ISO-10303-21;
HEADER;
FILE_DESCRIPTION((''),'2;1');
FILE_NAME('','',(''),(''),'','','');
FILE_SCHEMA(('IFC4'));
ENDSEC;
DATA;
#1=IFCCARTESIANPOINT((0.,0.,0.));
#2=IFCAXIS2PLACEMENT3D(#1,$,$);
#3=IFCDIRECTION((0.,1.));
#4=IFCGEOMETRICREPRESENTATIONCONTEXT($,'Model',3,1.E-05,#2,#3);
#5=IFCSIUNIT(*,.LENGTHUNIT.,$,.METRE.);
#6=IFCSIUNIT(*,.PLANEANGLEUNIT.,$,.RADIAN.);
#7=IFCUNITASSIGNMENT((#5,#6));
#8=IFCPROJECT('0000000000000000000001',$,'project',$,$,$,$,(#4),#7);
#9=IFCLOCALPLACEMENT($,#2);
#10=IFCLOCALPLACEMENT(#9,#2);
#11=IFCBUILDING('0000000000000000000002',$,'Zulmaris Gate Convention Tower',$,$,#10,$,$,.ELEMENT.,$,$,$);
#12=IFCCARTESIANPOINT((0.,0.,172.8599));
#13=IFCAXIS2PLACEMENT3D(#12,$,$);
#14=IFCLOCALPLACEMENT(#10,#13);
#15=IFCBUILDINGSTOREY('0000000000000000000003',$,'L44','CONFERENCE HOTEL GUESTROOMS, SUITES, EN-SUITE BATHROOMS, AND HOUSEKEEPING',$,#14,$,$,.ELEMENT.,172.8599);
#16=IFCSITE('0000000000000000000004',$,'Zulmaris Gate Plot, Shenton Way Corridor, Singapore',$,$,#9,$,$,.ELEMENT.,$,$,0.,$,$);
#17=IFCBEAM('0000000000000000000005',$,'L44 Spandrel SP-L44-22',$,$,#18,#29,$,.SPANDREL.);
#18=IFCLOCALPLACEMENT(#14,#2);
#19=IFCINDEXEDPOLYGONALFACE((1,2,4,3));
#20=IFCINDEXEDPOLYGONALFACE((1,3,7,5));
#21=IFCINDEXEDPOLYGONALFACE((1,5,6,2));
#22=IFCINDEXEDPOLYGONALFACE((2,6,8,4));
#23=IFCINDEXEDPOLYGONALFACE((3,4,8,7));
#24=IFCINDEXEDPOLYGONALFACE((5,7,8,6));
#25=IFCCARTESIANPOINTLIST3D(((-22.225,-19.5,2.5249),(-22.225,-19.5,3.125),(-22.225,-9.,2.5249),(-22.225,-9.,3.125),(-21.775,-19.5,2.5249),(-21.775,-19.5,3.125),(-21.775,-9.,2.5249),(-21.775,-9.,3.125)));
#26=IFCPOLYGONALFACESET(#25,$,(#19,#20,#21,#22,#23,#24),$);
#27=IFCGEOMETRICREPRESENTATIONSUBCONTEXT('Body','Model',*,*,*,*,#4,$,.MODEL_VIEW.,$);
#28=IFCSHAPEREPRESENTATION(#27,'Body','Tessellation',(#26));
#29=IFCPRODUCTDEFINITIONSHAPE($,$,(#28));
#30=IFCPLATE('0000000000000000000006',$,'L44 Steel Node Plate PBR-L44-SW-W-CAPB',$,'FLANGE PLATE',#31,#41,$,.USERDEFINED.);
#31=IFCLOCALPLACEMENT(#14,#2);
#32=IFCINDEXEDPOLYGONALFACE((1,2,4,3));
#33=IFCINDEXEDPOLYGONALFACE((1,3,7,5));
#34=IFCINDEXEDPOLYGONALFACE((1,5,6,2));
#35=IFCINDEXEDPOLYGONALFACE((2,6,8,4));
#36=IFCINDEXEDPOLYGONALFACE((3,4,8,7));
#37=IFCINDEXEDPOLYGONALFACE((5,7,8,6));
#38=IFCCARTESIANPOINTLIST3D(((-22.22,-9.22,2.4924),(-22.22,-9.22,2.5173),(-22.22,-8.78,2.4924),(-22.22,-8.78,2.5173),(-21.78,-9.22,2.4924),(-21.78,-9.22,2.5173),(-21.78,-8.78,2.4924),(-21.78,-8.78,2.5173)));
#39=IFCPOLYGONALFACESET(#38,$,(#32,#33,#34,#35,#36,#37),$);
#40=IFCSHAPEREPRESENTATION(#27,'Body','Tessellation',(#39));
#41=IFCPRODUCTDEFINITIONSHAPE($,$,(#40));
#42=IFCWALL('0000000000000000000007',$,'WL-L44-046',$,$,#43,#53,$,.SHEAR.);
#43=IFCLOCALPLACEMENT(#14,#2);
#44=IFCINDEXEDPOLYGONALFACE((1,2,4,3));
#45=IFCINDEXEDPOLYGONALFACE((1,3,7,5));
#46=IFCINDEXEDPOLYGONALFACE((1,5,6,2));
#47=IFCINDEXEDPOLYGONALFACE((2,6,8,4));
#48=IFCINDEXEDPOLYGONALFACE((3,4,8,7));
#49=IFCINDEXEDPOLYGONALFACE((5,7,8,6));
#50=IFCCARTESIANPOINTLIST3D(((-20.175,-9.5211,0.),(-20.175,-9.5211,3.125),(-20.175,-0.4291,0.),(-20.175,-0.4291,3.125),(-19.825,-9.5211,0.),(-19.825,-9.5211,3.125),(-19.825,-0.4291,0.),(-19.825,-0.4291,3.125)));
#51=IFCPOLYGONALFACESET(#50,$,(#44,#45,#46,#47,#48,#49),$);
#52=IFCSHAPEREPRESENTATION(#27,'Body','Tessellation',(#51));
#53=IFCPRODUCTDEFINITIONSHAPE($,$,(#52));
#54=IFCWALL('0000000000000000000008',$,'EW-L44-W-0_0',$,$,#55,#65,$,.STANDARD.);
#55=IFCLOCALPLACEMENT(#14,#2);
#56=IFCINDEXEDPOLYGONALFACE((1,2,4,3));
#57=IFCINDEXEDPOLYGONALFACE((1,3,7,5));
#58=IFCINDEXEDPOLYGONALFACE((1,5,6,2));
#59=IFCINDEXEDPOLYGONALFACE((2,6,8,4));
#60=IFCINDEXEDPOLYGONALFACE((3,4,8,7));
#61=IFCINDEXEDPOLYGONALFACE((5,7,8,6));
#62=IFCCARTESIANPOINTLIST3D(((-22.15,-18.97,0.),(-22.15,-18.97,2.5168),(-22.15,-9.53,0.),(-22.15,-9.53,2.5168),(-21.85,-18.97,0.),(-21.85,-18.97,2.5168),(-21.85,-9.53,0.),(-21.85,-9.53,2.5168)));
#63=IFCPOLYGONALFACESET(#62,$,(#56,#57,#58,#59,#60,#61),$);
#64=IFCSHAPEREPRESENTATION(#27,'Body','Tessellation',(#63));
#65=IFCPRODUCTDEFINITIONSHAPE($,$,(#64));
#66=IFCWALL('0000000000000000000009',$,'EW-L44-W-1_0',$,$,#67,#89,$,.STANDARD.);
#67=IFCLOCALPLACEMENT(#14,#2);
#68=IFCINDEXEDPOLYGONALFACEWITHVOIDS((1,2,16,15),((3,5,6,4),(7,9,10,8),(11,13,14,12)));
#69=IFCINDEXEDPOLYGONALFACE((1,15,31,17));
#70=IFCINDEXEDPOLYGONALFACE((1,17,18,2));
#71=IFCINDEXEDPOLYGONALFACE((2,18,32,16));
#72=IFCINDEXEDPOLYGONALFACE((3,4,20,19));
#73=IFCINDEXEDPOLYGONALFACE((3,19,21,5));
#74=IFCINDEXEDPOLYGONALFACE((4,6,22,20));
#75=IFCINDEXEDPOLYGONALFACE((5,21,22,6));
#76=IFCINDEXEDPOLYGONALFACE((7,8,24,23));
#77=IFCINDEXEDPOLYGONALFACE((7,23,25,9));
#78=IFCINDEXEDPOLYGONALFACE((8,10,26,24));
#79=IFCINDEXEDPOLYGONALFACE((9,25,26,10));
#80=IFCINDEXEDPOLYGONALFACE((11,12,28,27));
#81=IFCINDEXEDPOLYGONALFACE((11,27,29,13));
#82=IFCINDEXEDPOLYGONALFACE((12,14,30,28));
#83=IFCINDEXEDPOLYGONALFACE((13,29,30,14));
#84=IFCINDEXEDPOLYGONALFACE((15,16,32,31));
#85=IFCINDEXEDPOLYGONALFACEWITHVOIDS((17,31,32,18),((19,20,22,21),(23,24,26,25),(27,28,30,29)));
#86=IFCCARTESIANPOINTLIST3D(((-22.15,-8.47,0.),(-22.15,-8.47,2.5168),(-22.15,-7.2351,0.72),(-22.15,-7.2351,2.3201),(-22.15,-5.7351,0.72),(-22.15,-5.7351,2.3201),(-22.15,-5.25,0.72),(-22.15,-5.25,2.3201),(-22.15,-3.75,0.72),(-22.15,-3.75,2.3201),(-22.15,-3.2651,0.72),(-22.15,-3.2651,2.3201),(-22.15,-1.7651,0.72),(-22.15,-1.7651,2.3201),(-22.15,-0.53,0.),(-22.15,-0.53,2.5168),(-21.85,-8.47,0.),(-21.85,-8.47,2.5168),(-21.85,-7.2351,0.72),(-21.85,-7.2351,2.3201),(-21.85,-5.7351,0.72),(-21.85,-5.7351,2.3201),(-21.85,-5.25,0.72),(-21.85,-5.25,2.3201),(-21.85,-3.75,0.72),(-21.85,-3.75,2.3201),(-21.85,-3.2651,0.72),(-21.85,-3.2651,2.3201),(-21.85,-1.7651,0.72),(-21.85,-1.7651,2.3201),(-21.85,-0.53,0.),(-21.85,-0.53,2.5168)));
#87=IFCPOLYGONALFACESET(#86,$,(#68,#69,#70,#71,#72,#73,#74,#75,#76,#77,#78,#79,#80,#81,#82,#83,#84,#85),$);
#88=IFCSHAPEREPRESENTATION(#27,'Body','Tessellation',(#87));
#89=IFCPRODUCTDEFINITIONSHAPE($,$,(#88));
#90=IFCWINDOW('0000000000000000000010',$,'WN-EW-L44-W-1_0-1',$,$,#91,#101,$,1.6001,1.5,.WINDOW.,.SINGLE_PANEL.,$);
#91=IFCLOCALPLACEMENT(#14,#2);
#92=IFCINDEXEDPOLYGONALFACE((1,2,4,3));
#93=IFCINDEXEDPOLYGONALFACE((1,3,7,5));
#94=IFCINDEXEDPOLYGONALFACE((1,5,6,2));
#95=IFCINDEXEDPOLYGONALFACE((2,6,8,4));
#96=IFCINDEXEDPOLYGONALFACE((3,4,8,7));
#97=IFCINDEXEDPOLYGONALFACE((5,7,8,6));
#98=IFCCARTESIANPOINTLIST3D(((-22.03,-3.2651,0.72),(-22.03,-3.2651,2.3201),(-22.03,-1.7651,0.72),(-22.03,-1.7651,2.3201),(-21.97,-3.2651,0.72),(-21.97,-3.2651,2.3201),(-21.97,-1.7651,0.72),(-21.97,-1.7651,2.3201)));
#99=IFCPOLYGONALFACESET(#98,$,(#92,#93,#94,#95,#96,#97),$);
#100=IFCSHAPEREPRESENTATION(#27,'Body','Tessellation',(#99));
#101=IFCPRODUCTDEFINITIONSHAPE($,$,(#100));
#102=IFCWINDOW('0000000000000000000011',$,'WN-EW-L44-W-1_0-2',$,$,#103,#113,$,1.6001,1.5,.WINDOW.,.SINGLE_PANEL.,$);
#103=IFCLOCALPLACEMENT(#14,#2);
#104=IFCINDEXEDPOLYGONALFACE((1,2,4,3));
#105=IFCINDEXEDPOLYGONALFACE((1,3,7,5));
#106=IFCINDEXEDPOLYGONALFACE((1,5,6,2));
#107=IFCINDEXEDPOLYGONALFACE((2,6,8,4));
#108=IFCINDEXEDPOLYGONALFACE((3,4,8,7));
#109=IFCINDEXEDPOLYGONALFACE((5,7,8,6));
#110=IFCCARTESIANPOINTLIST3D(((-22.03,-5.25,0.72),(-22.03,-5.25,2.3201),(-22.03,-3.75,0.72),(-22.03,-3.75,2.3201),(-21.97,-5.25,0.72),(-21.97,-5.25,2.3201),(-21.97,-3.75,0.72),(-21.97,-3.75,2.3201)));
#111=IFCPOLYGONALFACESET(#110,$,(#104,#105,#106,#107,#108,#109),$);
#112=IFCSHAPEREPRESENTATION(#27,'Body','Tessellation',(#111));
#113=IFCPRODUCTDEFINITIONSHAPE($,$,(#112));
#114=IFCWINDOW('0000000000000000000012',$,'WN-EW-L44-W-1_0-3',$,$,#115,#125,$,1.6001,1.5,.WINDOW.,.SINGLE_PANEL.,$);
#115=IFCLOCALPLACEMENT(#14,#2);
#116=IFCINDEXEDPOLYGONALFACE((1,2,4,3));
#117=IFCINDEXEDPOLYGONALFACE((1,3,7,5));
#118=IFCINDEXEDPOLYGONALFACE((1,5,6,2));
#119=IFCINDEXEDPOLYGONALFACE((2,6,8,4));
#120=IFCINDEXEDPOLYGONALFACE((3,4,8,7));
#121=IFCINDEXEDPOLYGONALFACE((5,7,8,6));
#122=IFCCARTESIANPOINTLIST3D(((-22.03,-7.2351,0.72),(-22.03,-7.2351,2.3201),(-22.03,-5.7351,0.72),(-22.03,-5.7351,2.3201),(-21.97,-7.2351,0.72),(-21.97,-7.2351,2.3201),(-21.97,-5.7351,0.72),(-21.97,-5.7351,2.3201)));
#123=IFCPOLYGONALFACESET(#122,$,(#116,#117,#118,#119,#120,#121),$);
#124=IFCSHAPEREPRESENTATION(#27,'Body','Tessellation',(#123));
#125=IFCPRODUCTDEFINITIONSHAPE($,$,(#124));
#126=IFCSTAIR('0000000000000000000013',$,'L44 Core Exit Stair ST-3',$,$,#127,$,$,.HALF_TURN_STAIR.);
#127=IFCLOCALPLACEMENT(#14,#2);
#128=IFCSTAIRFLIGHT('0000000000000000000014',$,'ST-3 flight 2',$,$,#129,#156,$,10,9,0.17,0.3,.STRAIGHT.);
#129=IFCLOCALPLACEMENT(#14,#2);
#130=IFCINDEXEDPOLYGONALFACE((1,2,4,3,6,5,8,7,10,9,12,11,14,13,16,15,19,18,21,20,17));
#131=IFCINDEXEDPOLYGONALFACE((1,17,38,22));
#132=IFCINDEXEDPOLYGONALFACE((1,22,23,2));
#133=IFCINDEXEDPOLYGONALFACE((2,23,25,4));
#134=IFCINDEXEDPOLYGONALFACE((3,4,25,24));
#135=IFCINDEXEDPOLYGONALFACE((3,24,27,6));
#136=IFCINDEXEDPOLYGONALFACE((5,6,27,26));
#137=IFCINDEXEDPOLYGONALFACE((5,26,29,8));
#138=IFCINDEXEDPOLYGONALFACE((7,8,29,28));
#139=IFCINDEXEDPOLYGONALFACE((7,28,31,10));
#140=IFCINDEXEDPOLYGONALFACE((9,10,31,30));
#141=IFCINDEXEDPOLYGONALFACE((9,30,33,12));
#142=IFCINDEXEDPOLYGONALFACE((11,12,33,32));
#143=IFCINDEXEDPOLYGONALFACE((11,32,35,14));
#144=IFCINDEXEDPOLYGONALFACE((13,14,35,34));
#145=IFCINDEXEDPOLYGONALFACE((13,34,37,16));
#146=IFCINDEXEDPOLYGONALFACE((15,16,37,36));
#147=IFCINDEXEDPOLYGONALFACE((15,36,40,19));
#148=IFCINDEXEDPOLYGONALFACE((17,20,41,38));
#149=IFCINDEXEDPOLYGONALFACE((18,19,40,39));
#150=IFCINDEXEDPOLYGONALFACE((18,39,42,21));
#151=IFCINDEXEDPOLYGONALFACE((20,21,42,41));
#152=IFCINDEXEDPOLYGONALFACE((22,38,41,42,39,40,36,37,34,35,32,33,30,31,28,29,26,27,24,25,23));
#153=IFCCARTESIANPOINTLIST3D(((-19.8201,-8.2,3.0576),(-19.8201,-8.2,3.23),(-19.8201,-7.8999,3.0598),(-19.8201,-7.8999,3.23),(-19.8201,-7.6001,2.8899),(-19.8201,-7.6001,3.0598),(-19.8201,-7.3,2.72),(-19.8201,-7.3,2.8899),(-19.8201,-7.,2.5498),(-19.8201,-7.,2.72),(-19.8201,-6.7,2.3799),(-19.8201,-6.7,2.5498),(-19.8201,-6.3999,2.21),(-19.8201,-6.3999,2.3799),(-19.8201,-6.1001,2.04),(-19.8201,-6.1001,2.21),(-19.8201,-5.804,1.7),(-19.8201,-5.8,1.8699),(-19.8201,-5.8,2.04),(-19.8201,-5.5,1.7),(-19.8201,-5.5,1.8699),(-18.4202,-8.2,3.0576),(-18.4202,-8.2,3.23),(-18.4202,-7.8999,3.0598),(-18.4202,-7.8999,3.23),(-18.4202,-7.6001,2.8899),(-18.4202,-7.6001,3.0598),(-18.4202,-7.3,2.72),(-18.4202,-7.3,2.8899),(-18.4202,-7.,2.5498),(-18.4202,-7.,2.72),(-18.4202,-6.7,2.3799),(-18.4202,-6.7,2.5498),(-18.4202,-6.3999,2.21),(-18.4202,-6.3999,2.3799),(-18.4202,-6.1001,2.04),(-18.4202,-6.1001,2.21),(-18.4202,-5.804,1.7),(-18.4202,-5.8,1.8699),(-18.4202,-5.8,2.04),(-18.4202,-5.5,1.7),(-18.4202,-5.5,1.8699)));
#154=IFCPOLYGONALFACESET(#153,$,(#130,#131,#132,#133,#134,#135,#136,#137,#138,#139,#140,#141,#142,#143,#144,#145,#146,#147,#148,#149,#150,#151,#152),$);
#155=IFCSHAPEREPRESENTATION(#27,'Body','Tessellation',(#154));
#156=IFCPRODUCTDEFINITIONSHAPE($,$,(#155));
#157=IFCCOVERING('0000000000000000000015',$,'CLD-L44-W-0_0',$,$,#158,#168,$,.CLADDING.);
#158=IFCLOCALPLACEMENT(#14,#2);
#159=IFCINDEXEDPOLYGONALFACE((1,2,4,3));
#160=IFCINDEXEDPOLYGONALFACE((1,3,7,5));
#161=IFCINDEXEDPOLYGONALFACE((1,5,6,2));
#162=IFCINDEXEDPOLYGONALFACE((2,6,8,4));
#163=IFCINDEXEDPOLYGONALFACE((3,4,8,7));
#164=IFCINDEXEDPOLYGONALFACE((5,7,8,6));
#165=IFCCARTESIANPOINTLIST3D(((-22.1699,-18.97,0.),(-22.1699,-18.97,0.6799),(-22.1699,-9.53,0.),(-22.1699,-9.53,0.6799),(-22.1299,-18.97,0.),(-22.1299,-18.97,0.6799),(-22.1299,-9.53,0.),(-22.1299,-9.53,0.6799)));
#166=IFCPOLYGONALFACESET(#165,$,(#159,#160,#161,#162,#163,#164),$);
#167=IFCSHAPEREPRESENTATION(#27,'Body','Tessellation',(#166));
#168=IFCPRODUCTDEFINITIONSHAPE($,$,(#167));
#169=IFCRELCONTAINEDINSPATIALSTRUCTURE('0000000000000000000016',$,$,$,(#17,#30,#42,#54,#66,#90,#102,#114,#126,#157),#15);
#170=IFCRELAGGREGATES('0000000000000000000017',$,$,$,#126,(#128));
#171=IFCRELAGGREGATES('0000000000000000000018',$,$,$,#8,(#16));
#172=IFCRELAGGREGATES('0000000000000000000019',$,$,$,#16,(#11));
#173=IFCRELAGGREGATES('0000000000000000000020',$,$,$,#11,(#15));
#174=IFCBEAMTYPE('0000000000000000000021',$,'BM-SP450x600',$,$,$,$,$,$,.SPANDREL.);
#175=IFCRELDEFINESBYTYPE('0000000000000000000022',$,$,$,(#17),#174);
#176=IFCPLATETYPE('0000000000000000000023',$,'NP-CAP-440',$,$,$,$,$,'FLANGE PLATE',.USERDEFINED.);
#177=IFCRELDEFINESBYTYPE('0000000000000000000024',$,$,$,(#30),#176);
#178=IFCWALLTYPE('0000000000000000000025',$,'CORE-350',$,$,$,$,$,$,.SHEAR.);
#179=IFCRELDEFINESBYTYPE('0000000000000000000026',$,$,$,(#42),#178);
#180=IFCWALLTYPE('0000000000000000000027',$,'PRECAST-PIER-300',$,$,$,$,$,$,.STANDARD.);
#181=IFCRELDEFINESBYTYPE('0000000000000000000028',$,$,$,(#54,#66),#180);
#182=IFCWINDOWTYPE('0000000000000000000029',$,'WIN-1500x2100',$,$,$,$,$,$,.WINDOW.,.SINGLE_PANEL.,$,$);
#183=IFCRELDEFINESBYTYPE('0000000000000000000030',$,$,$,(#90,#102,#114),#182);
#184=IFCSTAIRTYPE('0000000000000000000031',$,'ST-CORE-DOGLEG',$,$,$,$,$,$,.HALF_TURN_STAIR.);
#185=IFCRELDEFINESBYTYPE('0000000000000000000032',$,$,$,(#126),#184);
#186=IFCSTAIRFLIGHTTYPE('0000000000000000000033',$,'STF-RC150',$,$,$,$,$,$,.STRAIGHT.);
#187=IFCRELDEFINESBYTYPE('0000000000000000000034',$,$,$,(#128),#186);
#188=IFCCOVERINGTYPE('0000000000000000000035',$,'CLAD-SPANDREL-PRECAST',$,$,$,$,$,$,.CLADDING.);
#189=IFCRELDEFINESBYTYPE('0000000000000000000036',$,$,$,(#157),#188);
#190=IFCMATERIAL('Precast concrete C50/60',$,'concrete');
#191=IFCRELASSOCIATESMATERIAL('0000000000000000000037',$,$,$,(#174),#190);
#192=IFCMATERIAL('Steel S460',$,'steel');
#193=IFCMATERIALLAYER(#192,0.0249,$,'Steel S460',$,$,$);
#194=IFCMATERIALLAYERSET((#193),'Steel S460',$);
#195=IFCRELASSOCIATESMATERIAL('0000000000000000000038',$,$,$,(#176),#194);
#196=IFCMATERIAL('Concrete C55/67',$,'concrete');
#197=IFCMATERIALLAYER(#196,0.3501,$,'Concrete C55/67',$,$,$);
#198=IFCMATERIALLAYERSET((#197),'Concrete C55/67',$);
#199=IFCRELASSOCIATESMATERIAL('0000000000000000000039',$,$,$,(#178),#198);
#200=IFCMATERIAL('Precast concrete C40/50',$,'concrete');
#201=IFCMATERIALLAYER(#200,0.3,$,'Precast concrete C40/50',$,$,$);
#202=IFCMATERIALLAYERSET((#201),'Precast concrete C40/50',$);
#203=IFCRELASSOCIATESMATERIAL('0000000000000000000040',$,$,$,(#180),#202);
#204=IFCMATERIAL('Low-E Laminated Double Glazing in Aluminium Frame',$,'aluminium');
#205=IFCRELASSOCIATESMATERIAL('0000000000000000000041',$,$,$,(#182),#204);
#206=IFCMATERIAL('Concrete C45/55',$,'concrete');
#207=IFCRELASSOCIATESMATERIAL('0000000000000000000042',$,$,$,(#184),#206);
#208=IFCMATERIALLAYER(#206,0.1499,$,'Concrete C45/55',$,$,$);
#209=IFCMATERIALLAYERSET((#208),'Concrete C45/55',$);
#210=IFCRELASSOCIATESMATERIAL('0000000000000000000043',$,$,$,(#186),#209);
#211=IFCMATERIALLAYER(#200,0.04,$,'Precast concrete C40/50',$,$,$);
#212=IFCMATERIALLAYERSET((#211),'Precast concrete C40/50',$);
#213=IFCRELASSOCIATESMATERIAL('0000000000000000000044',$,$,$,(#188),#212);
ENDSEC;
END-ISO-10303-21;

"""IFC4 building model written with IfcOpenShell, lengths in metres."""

from ifc_helpers import new_model, si_unit, direction, frame, frame_2d, origin, origin_2d, place, context, subcontext, project, spatial, polyline, rectangle, outline, extrude, material, layer, layer_set, material_profile, profile_set, type_object, element, fill, aggregate, save


model = new_model("IFC4")

# Units and contexts
model_context = context("Model", 3, precision=1e-05, world=origin(), true_north=direction((0.0, 1.0)))
body_context = subcontext(model_context, "Body", "Model", "MODEL_VIEW")
ifc_project = project(units=[si_unit("LENGTHUNIT", "METRE"), si_unit("PLANEANGLEUNIT", "RADIAN")], contexts=[model_context])

# Site, building, storey
site_placement = place(None, origin())
site = spatial("IfcSite", under=ifc_project, at=site_placement, Name="Zulmaris Gate Plot, Shenton Way Corridor, Singapore", CompositionType="ELEMENT", RefElevation=0.0)
building_placement = place(site_placement, origin())
building = spatial("IfcBuilding", under=site, at=building_placement, Name="Zulmaris Gate Convention Tower", CompositionType="ELEMENT")
storey_placement = place(building_placement, frame((0.0, 0.0, 172.8599)))
storey = spatial("IfcBuildingStorey", under=building, at=storey_placement, Name="L44", Description="CONFERENCE HOTEL GUESTROOMS, SUITES, EN-SUITE BATHROOMS, AND HOUSEKEEPING", CompositionType="ELEMENT", Elevation=172.8599)

# Beam
ifc_material_1 = material(Name="Precast concrete C50/60", Category="concrete")
ifc_material_profile_1 = material_profile(ifc_material_1, rectangle(XDim=0.45, YDim=0.6001, at=origin_2d()), Name="RC SPANDREL 450x600")
ifc_profile_set_1 = profile_set([ifc_material_profile_1], Name="Precast concrete C50/60")
beam_type_1 = type_object("IfcBeamType", Name="BM-SP450x600", PredefinedType="SPANDREL", material=ifc_profile_set_1)
beam_1_placement = place(storey_placement, frame((-22.0, -9.0, 2.825), z_axis=(0.0, -1.0, 0.0), x_axis=(1.0, 0.0, 0.0)))
element("IfcBeam", 1, at=beam_1_placement, inside=storey, type_object=beam_type_1, Name="L44 Spandrel SP-L44-22", PredefinedType="SPANDREL", context=body_context, shape_type="SweptSolid", body=[
    extrude(rectangle(XDim=0.45, YDim=0.6001, at=origin_2d()), origin(), (0.0, 0.0, 1.0), 10.5),
])

# Plate
ifc_material_2 = material(Name="Steel S460", Category="steel")
ifc_layer_1 = layer(ifc_material_2, 0.0249, Name="Steel S460")
ifc_layer_set_1 = layer_set([ifc_layer_1], Name="Steel S460")
plate_type = type_object("IfcPlateType", Name="NP-CAP-440", ElementType="FLANGE PLATE", PredefinedType="USERDEFINED", material=ifc_layer_set_1)
plate_placement = place(storey_placement, frame((-22.0, -9.0, 2.4924), z_axis=(0.0, 0.0, 1.0), x_axis=(1.0, 0.0, 0.0)))
element("IfcPlate", 2, at=plate_placement, inside=storey, type_object=plate_type, Name="L44 Steel Node Plate PBR-L44-SW-W-CAPB", ObjectType="FLANGE PLATE", PredefinedType="USERDEFINED", context=body_context, shape_type="SweptSolid", body=[
    extrude(rectangle(XDim=0.4399, YDim=0.4399, at=origin_2d()), origin(), (0.0, 0.0, 1.0), 0.0249),
])

# Walls
ifc_material_3 = material(Name="Concrete C55/67", Category="concrete")
ifc_layer_2 = layer(ifc_material_3, 0.3501, Name="Concrete C55/67")
ifc_layer_set_2 = layer_set([ifc_layer_2], Name="Concrete C55/67")
wall_type_1 = type_object("IfcWallType", Name="CORE-350", PredefinedType="SHEAR", material=ifc_layer_set_2)
wall_1_placement = place(storey_placement, frame((-20.0, -9.521, 0.0), z_axis=(0.0, 0.0, 1.0), x_axis=(0.0, 1.0, 0.0)))
element("IfcWall", 3, at=wall_1_placement, inside=storey, type_object=wall_type_1, Name="WL-L44-046", PredefinedType="SHEAR", context=body_context, shape_type="SweptSolid", body=[
    extrude(rectangle(XDim=9.092, YDim=0.3501, at=frame_2d((4.5459, 0.0))), origin(), (0.0, 0.0, 1.0), 3.125),
])
ifc_material_4 = material(Name="Precast concrete C40/50", Category="concrete")
ifc_layer_3 = layer(ifc_material_4, 0.3, Name="Precast concrete C40/50")
ifc_layer_set_3 = layer_set([ifc_layer_3], Name="Precast concrete C40/50")
wall_type_2 = type_object("IfcWallType", Name="PRECAST-PIER-300", PredefinedType="STANDARD", material=ifc_layer_set_3)
wall_2_placement = place(storey_placement, frame((-22.0, -9.53, 0.0), z_axis=(0.0, 0.0, 1.0), x_axis=(0.0, -1.0, 0.0)))
element("IfcWall", 4, at=wall_2_placement, inside=storey, type_object=wall_type_2, Name="EW-L44-W-0_0", PredefinedType="STANDARD", context=body_context, shape_type="SweptSolid", body=[
    extrude(rectangle(XDim=9.4399, YDim=0.3, at=frame_2d((4.72, 0.0))), origin(), (0.0, 0.0, 1.0), 2.5168),
])

# Wall, openings, windows
wall_3_placement = place(storey_placement, frame((-22.0, -0.53, 0.0), z_axis=(0.0, 0.0, 1.0), x_axis=(0.0, -1.0, 0.0)))
wall_3 = element("IfcWall", 5, at=wall_3_placement, inside=storey, type_object=wall_type_2, Name="EW-L44-W-1_0", PredefinedType="STANDARD", context=body_context, shape_type="SweptSolid", body=[
    extrude(rectangle(XDim=7.9399, YDim=0.3, at=frame_2d((3.97, 0.0))), origin(), (0.0, 0.0, 1.0), 2.5168),
])
opening_1_placement = place(wall_3_placement, frame((1.2351, 0.0, 0.72)))
opening_1 = element("IfcOpeningElement", 6, at=opening_1_placement, cuts=wall_3, PredefinedType="OPENING", context=body_context, shape_type="SweptSolid", body=[
    extrude(rectangle(XDim=1.5, YDim=1.6001, at=frame_2d((0.75, 0.8))), frame((0.0, 0.1602, 0.0), z_axis=(0.0, -1.0, 0.0), x_axis=(1.0, 0.0, 0.0)), (0.0, 0.0, 1.0), 0.3201),
])
opening_2_placement = place(wall_3_placement, frame((3.22, 0.0, 0.72)))
opening_2 = element("IfcOpeningElement", 7, at=opening_2_placement, cuts=wall_3, PredefinedType="OPENING", context=body_context, shape_type="SweptSolid", body=[
    extrude(rectangle(XDim=1.5, YDim=1.6001, at=frame_2d((0.75, 0.8))), frame((0.0, 0.1602, 0.0), z_axis=(0.0, -1.0, 0.0), x_axis=(1.0, 0.0, 0.0)), (0.0, 0.0, 1.0), 0.3201),
])
opening_3_placement = place(wall_3_placement, frame((5.2051, 0.0, 0.72)))
opening_3 = element("IfcOpeningElement", 8, at=opening_3_placement, cuts=wall_3, PredefinedType="OPENING", context=body_context, shape_type="SweptSolid", body=[
    extrude(rectangle(XDim=1.5, YDim=1.6001, at=frame_2d((0.75, 0.8))), frame((0.0, 0.1602, 0.0), z_axis=(0.0, -1.0, 0.0), x_axis=(1.0, 0.0, 0.0)), (0.0, 0.0, 1.0), 0.3201),
])
ifc_material_5 = material(Name="Low-E Laminated Double Glazing in Aluminium Frame", Category="aluminium")
window_type = type_object("IfcWindowType", Name="WIN-1500x2100", PartitioningType="SINGLE_PANEL", PredefinedType="WINDOW", material=ifc_material_5)
window_1_placement = place(opening_1_placement, origin())
window_1 = element("IfcWindow", 9, at=window_1_placement, inside=storey, type_object=window_type, Name="WN-EW-L44-W-1_0-1", OverallHeight=1.6001, OverallWidth=1.5, PartitioningType="SINGLE_PANEL", PredefinedType="WINDOW", context=body_context, shape_type="SweptSolid", body=[
    extrude(rectangle(XDim=1.5, YDim=1.6001, at=frame_2d((0.75, 0.8))), frame((0.0, 0.03, 0.0), z_axis=(0.0, -1.0, 0.0), x_axis=(1.0, 0.0, 0.0)), (0.0, 0.0, 1.0), 0.0601),
])
fill(opening_1, window_1)
window_2_placement = place(opening_2_placement, origin())
window_2 = element("IfcWindow", 10, at=window_2_placement, inside=storey, type_object=window_type, Name="WN-EW-L44-W-1_0-2", OverallHeight=1.6001, OverallWidth=1.5, PartitioningType="SINGLE_PANEL", PredefinedType="WINDOW", context=body_context, shape_type="SweptSolid", body=[
    extrude(rectangle(XDim=1.5, YDim=1.6001, at=frame_2d((0.75, 0.8))), frame((0.0, 0.03, 0.0), z_axis=(0.0, -1.0, 0.0), x_axis=(1.0, 0.0, 0.0)), (0.0, 0.0, 1.0), 0.0601),
])
fill(opening_2, window_2)
window_3_placement = place(opening_3_placement, origin())
window_3 = element("IfcWindow", 11, at=window_3_placement, inside=storey, type_object=window_type, Name="WN-EW-L44-W-1_0-3", OverallHeight=1.6001, OverallWidth=1.5, PartitioningType="SINGLE_PANEL", PredefinedType="WINDOW", context=body_context, shape_type="SweptSolid", body=[
    extrude(rectangle(XDim=1.5, YDim=1.6001, at=frame_2d((0.75, 0.8))), frame((0.0, 0.03, 0.0), z_axis=(0.0, -1.0, 0.0), x_axis=(1.0, 0.0, 0.0)), (0.0, 0.0, 1.0), 0.0601),
])
fill(opening_3, window_3)

# Stair, stair flight
ifc_material_6 = material(Name="Concrete C45/55", Category="concrete")
stair_type = type_object("IfcStairType", Name="ST-CORE-DOGLEG", PredefinedType="HALF_TURN_STAIR", material=ifc_material_6)
stair_placement = place(storey_placement, origin())
stair = element("IfcStair", 12, at=stair_placement, inside=storey, type_object=stair_type, Name="L44 Core Exit Stair ST-3", PredefinedType="HALF_TURN_STAIR")
ifc_layer_4 = layer(ifc_material_6, 0.1499, Name="Concrete C45/55")
ifc_layer_set_4 = layer_set([ifc_layer_4], Name="Concrete C45/55")
stair_flight_type = type_object("IfcStairFlightType", Name="STF-RC150", PredefinedType="STRAIGHT", material=ifc_layer_set_4)
stair_flight_placement = place(storey_placement, frame((-19.1201, -5.5, 1.7), z_axis=(0.0, 0.0, 1.0), x_axis=(0.0, -1.0, 0.0)))
stair_flight = element("IfcStairFlight", 13, at=stair_flight_placement, type_object=stair_flight_type, Name="ST-3 flight 2", NumberOfRisers=10, NumberOfTreads=9, PredefinedType="STRAIGHT", RiserHeight=0.17, TreadLength=0.3, context=body_context, shape_type="SweptSolid", body=[
    extrude(outline(polyline([(0.0, 0.0), (0.0, 0.1699), (0.3, 0.1699), (0.3, 0.3401), (0.6001, 0.3401), (0.6001, 0.51), (0.8999, 0.51), (0.8999, 0.6799), (1.2, 0.6799), (1.2, 0.8499), (1.5, 0.8499), (1.5, 1.02), (1.8, 1.02), (1.8, 1.1899), (2.1001, 1.1899), (2.1001, 1.3599), (2.3999, 1.3599), (2.3999, 1.53), (2.7, 1.53), (2.7, 1.7), (2.7, 1.3577), (0.304, 0.0), (0.0, 0.0)])), frame((0.0, 0.7, 0.0), z_axis=(0.0, -1.0, 0.0), x_axis=(1.0, 0.0, 0.0)), (0.0, 0.0, 1.0), 1.3999),
])
aggregate(stair, [stair_flight])

# Covering
ifc_layer_5 = layer(ifc_material_4, 0.04, Name="Precast concrete C40/50")
ifc_layer_set_5 = layer_set([ifc_layer_5], Name="Precast concrete C40/50")
covering_type = type_object("IfcCoveringType", Name="CLAD-SPANDREL-PRECAST", PredefinedType="CLADDING", material=ifc_layer_set_5)
covering_1_placement = place(storey_placement, frame((-22.1499, -9.53, 0.0), z_axis=(0.0, 0.0, 1.0), x_axis=(0.0, -1.0, 0.0)))
element("IfcCovering", 14, at=covering_1_placement, inside=storey, type_object=covering_type, Name="CLD-L44-W-0_0", PredefinedType="CLADDING", context=body_context, shape_type="SweptSolid", body=[
    extrude(rectangle(XDim=9.4399, YDim=0.04, at=frame_2d((4.72, 0.0))), origin(), (0.0, 0.0, 1.0), 0.6799),
])

save(model, "model.ifc")
